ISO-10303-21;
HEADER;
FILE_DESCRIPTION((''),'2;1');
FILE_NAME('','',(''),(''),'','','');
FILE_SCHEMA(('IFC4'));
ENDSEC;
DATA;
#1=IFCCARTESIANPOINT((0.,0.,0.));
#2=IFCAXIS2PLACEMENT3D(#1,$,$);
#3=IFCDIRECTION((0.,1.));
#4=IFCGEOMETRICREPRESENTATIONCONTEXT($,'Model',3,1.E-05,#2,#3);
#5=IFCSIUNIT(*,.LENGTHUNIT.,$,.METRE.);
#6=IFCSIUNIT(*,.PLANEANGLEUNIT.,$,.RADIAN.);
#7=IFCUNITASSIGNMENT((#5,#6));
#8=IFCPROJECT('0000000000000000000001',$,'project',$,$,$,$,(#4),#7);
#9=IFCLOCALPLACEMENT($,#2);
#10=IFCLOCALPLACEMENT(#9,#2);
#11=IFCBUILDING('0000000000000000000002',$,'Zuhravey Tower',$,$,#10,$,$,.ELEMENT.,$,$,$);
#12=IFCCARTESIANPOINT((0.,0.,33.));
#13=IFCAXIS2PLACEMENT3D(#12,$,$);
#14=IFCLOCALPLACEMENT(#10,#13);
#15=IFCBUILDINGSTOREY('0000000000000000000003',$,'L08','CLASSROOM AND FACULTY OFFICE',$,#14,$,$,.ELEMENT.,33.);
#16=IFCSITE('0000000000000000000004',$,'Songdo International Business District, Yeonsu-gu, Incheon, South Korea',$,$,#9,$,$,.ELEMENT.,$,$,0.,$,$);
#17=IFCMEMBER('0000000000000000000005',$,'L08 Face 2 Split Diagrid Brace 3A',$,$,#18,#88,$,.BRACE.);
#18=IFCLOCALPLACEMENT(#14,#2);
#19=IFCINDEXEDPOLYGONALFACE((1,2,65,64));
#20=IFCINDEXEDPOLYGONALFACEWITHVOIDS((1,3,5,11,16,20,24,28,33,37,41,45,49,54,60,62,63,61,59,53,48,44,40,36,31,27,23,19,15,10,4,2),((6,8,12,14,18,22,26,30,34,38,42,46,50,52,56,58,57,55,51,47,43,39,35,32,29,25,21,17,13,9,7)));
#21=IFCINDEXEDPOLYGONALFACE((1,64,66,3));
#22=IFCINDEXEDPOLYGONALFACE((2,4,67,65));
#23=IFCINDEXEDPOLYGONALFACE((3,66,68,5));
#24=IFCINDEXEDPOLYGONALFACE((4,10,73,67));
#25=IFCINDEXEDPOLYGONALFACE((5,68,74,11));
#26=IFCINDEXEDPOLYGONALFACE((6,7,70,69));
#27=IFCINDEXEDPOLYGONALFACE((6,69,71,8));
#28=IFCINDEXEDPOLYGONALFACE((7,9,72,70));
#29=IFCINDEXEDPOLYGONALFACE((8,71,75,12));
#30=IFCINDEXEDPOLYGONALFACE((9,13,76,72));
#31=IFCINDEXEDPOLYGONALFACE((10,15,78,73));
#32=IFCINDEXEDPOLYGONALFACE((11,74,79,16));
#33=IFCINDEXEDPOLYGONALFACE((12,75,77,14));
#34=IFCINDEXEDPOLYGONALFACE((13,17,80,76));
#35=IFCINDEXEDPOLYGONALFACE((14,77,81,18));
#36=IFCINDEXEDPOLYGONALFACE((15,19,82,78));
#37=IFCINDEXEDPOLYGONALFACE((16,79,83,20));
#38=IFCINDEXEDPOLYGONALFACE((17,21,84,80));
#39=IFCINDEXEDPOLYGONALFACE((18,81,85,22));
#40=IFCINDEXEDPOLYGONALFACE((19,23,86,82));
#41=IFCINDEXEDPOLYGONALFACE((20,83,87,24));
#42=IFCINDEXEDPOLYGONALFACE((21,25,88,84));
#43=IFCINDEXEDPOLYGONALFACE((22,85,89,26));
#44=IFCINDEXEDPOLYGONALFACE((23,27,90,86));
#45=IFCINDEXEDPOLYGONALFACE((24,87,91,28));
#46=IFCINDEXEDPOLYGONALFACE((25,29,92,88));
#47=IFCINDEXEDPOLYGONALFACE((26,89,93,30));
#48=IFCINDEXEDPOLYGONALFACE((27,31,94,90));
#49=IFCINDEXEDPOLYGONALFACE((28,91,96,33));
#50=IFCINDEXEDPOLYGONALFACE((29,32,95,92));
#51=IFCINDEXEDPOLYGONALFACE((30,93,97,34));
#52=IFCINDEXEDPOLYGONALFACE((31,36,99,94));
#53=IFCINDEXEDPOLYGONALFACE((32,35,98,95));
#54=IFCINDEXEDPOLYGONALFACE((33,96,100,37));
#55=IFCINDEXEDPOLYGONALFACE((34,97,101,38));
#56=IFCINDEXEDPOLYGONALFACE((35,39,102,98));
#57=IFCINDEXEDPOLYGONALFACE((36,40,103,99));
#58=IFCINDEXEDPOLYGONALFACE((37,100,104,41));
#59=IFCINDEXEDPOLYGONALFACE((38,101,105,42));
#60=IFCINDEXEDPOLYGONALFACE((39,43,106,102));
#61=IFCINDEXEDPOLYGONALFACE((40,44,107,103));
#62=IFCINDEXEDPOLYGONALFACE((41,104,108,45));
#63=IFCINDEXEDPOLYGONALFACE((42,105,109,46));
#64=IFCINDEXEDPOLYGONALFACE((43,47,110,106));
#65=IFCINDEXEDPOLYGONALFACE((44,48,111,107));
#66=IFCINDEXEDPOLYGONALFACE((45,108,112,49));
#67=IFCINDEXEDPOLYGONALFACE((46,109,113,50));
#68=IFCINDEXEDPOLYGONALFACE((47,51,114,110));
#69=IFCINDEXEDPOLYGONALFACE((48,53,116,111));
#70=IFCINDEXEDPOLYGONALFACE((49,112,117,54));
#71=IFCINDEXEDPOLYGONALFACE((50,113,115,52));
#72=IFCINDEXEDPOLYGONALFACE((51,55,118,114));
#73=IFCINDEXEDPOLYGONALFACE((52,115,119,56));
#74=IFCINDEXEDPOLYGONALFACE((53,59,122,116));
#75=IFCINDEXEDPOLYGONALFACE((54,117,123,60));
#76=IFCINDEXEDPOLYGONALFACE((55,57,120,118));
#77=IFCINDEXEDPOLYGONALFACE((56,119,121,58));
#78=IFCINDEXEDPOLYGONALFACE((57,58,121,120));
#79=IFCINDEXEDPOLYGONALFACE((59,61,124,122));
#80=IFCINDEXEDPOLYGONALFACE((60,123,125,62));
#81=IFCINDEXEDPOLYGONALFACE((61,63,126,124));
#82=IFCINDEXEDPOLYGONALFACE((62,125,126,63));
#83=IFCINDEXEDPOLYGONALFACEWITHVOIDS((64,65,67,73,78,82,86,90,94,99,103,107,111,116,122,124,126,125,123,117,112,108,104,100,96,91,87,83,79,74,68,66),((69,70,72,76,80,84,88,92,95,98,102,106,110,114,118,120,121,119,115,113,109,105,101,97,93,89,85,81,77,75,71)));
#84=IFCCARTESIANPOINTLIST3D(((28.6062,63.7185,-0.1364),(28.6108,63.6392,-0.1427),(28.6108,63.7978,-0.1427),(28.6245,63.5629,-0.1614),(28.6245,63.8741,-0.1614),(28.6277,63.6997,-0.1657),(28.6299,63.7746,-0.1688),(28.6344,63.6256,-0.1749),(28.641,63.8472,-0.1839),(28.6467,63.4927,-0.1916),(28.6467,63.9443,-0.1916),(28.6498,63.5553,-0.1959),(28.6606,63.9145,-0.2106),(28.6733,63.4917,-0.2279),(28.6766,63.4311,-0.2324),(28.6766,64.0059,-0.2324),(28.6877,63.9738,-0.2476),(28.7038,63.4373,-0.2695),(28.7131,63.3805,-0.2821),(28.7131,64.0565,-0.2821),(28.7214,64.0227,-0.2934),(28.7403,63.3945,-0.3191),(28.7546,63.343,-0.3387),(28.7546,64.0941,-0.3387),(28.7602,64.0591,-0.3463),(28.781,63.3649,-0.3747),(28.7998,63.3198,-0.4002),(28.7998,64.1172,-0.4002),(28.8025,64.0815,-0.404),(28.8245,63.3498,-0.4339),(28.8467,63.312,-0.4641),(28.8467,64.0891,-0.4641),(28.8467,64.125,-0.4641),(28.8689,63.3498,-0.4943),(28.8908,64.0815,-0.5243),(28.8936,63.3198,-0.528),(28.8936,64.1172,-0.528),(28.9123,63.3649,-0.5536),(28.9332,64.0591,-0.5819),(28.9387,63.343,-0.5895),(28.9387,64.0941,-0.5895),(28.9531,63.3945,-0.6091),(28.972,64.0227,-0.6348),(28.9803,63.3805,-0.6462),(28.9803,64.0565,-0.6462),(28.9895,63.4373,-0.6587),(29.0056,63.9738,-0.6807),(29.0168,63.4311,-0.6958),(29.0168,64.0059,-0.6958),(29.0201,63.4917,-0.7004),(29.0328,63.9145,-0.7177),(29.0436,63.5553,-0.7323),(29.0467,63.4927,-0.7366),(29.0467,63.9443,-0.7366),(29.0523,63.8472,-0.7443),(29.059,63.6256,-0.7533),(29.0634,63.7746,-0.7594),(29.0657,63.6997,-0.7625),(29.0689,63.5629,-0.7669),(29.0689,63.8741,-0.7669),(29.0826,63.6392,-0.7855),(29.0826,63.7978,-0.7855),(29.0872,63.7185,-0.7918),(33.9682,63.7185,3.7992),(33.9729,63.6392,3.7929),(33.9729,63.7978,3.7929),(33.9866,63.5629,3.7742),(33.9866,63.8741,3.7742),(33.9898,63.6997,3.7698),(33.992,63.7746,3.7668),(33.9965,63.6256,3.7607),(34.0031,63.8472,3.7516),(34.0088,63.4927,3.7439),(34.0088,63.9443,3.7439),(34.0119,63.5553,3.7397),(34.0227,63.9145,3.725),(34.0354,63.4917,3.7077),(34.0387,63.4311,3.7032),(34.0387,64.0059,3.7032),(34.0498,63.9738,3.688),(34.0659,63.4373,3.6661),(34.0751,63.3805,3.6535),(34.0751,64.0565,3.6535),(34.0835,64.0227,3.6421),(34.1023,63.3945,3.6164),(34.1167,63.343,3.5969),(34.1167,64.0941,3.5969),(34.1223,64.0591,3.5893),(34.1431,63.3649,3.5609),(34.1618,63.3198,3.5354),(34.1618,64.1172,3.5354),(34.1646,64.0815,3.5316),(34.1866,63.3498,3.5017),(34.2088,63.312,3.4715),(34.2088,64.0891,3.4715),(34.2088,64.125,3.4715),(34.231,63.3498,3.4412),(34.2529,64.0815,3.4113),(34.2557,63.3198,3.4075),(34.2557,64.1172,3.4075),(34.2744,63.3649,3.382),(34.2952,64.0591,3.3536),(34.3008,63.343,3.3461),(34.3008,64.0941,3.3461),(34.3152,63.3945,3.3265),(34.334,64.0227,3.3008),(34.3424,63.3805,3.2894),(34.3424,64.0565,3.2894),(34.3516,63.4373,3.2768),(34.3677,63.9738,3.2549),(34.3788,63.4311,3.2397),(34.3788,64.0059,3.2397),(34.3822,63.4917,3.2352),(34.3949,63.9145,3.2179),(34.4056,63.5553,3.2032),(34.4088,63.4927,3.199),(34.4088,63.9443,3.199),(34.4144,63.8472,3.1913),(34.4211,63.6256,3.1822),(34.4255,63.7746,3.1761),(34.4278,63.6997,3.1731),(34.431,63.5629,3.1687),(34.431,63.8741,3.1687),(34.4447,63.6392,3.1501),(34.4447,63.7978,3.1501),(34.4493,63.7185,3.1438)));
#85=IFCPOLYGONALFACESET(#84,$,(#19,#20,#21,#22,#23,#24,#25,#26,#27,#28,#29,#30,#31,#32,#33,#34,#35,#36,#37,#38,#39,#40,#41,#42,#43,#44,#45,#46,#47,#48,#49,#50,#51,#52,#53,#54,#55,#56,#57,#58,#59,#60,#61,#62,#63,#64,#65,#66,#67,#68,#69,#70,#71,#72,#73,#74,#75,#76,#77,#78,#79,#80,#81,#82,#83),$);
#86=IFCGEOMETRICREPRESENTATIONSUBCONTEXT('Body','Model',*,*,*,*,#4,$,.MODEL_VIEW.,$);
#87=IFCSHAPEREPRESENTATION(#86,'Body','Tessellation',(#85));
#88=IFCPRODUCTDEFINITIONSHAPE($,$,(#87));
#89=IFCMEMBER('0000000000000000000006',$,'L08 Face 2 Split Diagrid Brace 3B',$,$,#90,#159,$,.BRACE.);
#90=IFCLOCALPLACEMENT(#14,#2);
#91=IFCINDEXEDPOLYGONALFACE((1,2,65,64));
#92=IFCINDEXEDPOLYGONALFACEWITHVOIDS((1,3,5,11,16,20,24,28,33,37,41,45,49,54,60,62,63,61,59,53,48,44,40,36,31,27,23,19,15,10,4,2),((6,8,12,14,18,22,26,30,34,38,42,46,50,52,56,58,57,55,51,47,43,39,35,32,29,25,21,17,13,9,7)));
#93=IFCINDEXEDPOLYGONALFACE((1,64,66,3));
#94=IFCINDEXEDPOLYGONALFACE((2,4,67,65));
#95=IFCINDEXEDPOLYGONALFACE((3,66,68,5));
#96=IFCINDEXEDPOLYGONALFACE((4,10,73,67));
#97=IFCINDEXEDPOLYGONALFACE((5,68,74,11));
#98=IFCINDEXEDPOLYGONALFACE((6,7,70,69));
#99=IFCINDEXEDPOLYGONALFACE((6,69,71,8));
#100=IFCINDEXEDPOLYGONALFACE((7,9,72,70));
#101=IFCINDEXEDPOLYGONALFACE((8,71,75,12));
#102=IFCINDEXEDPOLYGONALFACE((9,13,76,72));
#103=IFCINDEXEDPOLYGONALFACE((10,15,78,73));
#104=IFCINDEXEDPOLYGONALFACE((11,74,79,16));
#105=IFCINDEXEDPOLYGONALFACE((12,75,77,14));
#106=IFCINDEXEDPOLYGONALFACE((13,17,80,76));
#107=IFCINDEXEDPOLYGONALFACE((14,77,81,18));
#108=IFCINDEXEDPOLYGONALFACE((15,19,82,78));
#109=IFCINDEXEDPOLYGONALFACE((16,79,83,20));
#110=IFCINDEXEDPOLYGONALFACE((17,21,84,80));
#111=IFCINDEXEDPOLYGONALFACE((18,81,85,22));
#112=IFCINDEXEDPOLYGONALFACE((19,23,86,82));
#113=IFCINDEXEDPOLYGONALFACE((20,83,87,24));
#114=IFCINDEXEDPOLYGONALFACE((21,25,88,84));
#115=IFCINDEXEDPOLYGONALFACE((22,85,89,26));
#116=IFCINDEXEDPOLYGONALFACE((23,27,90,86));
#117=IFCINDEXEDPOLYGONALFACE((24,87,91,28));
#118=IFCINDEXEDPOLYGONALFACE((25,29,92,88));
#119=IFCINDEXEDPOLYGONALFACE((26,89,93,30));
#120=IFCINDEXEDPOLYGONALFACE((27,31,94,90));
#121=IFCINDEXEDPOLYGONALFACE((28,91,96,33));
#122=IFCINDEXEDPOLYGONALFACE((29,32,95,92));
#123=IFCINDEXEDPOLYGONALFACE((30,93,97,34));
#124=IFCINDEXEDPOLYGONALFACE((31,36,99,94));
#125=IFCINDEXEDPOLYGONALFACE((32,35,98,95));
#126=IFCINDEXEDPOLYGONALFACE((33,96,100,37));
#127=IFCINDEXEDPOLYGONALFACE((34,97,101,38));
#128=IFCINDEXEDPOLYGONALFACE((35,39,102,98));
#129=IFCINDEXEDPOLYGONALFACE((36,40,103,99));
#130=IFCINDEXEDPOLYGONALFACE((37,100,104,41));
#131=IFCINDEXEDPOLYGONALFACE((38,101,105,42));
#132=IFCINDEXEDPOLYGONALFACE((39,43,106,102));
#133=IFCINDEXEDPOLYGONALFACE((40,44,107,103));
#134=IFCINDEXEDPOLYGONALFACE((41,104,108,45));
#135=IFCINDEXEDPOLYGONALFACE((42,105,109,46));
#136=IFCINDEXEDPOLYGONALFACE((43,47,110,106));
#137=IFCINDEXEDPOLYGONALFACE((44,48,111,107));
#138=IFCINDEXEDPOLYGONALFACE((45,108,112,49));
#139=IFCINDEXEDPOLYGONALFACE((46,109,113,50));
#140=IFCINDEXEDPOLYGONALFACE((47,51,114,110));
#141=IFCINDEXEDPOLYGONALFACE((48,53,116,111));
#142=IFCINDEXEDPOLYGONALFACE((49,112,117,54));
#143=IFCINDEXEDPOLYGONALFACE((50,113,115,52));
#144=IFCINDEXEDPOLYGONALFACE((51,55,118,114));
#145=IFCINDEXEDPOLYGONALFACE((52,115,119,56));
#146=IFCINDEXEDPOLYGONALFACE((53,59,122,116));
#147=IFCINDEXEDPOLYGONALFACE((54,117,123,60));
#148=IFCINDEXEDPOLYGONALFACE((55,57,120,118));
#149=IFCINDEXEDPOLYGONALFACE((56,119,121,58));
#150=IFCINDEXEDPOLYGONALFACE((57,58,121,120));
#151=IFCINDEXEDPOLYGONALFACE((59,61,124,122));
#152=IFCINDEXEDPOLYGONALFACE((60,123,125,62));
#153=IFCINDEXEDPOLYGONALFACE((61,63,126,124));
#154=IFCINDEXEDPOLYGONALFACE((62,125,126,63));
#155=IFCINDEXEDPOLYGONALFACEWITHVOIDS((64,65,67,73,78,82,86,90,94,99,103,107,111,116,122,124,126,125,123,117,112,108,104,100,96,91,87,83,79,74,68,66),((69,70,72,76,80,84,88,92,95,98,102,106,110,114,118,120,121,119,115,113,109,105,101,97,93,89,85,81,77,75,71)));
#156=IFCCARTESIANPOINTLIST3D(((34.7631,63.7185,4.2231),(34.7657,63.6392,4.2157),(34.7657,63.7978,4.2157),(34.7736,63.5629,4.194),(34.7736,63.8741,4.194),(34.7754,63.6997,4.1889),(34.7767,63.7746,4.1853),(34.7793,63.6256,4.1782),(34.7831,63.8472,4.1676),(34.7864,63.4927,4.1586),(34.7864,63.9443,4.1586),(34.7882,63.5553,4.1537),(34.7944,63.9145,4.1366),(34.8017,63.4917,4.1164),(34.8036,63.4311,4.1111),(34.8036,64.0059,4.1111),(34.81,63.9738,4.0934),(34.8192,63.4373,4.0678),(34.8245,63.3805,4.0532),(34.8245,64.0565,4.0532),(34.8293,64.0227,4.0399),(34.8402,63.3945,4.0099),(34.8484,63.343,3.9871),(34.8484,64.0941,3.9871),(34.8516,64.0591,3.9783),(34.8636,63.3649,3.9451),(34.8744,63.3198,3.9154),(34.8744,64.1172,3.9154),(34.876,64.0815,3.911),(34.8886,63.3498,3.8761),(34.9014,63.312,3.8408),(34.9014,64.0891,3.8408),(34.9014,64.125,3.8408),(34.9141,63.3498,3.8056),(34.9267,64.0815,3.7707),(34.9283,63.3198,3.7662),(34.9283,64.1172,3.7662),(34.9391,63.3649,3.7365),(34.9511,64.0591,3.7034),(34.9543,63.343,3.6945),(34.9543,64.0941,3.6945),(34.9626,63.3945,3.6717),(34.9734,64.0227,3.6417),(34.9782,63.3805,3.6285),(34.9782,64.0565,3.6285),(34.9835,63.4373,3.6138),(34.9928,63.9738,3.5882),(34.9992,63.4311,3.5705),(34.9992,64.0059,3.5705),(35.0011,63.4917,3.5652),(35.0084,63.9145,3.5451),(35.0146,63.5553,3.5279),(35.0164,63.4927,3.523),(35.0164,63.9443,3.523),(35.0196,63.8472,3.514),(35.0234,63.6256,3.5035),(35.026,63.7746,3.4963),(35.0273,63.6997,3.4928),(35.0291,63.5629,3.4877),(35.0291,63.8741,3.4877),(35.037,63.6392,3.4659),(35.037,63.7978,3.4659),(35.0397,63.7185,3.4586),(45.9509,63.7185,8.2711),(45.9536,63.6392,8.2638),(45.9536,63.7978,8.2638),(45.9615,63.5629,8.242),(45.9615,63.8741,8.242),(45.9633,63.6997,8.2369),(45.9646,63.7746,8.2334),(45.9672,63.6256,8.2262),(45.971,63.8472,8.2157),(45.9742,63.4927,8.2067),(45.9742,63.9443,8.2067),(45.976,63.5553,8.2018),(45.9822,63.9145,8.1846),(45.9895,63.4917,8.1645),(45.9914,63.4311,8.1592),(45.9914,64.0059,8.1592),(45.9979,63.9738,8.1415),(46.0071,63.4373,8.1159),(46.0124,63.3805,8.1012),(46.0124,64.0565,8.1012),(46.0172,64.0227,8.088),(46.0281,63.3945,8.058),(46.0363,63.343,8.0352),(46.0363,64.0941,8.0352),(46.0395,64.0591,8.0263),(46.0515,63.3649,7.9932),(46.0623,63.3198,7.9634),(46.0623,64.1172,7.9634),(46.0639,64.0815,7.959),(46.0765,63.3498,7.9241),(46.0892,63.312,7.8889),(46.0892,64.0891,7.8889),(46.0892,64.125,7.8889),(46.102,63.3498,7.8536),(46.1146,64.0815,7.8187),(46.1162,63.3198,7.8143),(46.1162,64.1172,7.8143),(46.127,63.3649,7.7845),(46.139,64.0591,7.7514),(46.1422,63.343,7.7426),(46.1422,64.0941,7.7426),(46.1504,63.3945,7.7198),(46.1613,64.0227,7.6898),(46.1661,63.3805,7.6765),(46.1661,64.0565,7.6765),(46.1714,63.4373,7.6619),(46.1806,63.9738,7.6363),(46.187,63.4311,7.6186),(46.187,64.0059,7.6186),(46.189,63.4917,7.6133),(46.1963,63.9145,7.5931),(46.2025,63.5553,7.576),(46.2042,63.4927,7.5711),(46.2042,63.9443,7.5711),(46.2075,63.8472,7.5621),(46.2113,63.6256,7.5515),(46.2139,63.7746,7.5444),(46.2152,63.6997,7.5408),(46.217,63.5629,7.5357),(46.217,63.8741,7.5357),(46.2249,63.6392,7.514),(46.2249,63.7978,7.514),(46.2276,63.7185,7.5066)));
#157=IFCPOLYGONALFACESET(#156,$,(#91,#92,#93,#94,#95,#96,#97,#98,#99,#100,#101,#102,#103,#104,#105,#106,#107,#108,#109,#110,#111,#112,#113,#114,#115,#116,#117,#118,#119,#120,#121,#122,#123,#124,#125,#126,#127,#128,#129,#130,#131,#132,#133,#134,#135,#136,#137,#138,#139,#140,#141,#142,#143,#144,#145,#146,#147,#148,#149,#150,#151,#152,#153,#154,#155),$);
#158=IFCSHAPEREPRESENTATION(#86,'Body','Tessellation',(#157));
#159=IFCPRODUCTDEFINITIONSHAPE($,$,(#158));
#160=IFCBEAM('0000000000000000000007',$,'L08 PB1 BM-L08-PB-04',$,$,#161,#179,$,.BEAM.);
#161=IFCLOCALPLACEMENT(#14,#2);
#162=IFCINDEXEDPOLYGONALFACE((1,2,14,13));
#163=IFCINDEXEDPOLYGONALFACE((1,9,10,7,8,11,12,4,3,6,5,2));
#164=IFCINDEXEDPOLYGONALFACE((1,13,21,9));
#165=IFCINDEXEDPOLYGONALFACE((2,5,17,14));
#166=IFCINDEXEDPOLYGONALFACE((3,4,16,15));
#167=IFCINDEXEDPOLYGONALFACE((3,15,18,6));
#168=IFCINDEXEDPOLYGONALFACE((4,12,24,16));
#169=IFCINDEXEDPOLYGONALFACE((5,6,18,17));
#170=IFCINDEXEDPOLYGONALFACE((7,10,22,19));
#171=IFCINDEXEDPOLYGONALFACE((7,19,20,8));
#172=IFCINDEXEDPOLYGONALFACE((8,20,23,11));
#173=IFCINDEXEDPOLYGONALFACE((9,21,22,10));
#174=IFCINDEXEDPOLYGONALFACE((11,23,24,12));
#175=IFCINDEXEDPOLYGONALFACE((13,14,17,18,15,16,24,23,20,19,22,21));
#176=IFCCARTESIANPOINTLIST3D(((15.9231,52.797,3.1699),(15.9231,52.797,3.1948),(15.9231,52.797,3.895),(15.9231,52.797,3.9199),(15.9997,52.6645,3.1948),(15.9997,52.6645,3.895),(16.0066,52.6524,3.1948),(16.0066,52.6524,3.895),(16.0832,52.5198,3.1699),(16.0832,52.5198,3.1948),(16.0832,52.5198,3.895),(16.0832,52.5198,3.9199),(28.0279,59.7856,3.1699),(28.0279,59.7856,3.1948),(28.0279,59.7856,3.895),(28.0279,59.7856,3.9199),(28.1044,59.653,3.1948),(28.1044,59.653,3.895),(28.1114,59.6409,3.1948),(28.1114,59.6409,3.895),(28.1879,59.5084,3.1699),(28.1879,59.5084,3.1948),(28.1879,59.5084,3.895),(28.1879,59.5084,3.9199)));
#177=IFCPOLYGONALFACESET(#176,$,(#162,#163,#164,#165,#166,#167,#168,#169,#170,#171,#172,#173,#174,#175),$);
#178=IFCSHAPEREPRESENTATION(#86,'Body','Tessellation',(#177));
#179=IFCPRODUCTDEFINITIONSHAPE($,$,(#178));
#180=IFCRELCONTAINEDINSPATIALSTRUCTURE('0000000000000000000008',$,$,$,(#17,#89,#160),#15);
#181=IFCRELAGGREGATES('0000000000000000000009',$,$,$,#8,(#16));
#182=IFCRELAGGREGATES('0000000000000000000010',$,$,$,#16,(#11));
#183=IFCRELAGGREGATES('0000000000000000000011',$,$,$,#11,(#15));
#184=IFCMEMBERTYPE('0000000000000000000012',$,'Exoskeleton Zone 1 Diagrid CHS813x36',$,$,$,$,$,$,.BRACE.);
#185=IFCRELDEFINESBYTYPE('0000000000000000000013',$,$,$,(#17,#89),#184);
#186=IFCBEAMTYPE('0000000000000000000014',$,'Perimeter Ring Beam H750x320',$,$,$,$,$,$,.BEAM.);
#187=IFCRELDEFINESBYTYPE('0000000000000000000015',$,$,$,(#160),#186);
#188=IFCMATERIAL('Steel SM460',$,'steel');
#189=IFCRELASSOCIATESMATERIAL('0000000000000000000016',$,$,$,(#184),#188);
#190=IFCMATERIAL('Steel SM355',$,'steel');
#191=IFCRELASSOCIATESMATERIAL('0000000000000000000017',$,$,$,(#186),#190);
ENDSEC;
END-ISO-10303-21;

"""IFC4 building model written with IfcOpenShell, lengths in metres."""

from ifc_helpers import new_model, si_unit, direction, frame, origin, origin_2d, place, context, subcontext, project, spatial, hollow_circle, i_section, extrude, material, material_profile, profile_set, type_object, element, save


model = new_model("IFC4")

# Units and contexts
model_context = context("Model", 3, precision=1e-05, world=origin(), true_north=direction((0.0, 1.0)))
body_context = subcontext(model_context, "Body", "Model", "MODEL_VIEW")
ifc_project = project(units=[si_unit("LENGTHUNIT", "METRE"), si_unit("PLANEANGLEUNIT", "RADIAN")], contexts=[model_context])

# Site, building, storey
site_placement = place(None, origin())
site = spatial("IfcSite", under=ifc_project, at=site_placement, Name="Songdo International Business District, Yeonsu-gu, Incheon, South Korea", CompositionType="ELEMENT", RefElevation=0.0)
building_placement = place(site_placement, origin())
building = spatial("IfcBuilding", under=site, at=building_placement, Name="Zuhravey Tower", CompositionType="ELEMENT")
storey_placement = place(building_placement, frame((0.0, 0.0, 33.0)))
storey = spatial("IfcBuildingStorey", under=building, at=storey_placement, Name="L08", Description="CLASSROOM AND FACULTY OFFICE", CompositionType="ELEMENT", Elevation=33.0)

# Members
ifc_material_1 = material(Name="Steel SM460", Category="steel")
ifc_material_profile_1 = material_profile(ifc_material_1, hollow_circle(Radius=0.4065, WallThickness=0.0359, at=origin_2d()), Name="CHS-812.8x36")
ifc_profile_set_1 = profile_set([ifc_material_profile_1], Name="Steel SM460")
member_type_1 = type_object("IfcMemberType", Name="Exoskeleton Zone 1 Diagrid CHS813x36", PredefinedType="BRACE", material=ifc_profile_set_1)
member_1_placement = place(storey_placement, frame((28.8467, 63.7185, -0.4641), z_axis=(0.806163, 0.0, 0.591693), x_axis=(0.0, 1.0, 0.0)))
element("IfcMember", 1, at=member_1_placement, inside=storey, type_object=member_type_1, Name="L08 Face 2 Split Diagrid Brace 3A", PredefinedType="BRACE", context=body_context, shape_type="SweptSolid", body=[
    extrude(hollow_circle(Radius=0.4065, WallThickness=0.0359, at=origin_2d()), origin(), (0.0, 0.0, 1.0), 6.6514),
])
member_2_placement = place(storey_placement, frame((34.9014, 63.7185, 3.8408), z_axis=(0.940339, 0.0, 0.340238), x_axis=(0.0, 1.0, 0.0)))
element("IfcMember", 2, at=member_2_placement, inside=storey, type_object=member_type_1, Name="L08 Face 2 Split Diagrid Brace 3B", PredefinedType="BRACE", context=body_context, shape_type="SweptSolid", body=[
    extrude(hollow_circle(Radius=0.4065, WallThickness=0.0359, at=origin_2d()), origin(), (0.0, 0.0, 1.0), 11.8977),
])

# Beam
ifc_material_2 = material(Name="Steel SM355", Category="steel")
ifc_material_profile_2 = material_profile(ifc_material_2, i_section(OverallWidth=0.3201, OverallDepth=0.75, WebThickness=0.0139, FlangeThickness=0.0249, at=origin_2d()), Name="H-750x320x14x25")
ifc_profile_set_2 = profile_set([ifc_material_profile_2], Name="Steel SM355")
beam_type_1 = type_object("IfcBeamType", Name="Perimeter Ring Beam H750x320", PredefinedType="BEAM", material=ifc_profile_set_2)
beam_1_placement = place(storey_placement, frame((28.1079, 59.647, 3.5449), z_axis=(-0.86603, -0.499992, 0.0), x_axis=(0.499992, -0.86603, 0.0)))
element("IfcBeam", 3, at=beam_1_placement, inside=storey, type_object=beam_type_1, Name="L08 PB1 BM-L08-PB-04", PredefinedType="BEAM", context=body_context, shape_type="SweptSolid", body=[
    extrude(i_section(OverallWidth=0.3201, OverallDepth=0.75, WebThickness=0.0139, FlangeThickness=0.0249, at=origin_2d()), origin(), (0.0, 0.0, 1.0), 13.9773),
])

save(model, "model.ifc")
